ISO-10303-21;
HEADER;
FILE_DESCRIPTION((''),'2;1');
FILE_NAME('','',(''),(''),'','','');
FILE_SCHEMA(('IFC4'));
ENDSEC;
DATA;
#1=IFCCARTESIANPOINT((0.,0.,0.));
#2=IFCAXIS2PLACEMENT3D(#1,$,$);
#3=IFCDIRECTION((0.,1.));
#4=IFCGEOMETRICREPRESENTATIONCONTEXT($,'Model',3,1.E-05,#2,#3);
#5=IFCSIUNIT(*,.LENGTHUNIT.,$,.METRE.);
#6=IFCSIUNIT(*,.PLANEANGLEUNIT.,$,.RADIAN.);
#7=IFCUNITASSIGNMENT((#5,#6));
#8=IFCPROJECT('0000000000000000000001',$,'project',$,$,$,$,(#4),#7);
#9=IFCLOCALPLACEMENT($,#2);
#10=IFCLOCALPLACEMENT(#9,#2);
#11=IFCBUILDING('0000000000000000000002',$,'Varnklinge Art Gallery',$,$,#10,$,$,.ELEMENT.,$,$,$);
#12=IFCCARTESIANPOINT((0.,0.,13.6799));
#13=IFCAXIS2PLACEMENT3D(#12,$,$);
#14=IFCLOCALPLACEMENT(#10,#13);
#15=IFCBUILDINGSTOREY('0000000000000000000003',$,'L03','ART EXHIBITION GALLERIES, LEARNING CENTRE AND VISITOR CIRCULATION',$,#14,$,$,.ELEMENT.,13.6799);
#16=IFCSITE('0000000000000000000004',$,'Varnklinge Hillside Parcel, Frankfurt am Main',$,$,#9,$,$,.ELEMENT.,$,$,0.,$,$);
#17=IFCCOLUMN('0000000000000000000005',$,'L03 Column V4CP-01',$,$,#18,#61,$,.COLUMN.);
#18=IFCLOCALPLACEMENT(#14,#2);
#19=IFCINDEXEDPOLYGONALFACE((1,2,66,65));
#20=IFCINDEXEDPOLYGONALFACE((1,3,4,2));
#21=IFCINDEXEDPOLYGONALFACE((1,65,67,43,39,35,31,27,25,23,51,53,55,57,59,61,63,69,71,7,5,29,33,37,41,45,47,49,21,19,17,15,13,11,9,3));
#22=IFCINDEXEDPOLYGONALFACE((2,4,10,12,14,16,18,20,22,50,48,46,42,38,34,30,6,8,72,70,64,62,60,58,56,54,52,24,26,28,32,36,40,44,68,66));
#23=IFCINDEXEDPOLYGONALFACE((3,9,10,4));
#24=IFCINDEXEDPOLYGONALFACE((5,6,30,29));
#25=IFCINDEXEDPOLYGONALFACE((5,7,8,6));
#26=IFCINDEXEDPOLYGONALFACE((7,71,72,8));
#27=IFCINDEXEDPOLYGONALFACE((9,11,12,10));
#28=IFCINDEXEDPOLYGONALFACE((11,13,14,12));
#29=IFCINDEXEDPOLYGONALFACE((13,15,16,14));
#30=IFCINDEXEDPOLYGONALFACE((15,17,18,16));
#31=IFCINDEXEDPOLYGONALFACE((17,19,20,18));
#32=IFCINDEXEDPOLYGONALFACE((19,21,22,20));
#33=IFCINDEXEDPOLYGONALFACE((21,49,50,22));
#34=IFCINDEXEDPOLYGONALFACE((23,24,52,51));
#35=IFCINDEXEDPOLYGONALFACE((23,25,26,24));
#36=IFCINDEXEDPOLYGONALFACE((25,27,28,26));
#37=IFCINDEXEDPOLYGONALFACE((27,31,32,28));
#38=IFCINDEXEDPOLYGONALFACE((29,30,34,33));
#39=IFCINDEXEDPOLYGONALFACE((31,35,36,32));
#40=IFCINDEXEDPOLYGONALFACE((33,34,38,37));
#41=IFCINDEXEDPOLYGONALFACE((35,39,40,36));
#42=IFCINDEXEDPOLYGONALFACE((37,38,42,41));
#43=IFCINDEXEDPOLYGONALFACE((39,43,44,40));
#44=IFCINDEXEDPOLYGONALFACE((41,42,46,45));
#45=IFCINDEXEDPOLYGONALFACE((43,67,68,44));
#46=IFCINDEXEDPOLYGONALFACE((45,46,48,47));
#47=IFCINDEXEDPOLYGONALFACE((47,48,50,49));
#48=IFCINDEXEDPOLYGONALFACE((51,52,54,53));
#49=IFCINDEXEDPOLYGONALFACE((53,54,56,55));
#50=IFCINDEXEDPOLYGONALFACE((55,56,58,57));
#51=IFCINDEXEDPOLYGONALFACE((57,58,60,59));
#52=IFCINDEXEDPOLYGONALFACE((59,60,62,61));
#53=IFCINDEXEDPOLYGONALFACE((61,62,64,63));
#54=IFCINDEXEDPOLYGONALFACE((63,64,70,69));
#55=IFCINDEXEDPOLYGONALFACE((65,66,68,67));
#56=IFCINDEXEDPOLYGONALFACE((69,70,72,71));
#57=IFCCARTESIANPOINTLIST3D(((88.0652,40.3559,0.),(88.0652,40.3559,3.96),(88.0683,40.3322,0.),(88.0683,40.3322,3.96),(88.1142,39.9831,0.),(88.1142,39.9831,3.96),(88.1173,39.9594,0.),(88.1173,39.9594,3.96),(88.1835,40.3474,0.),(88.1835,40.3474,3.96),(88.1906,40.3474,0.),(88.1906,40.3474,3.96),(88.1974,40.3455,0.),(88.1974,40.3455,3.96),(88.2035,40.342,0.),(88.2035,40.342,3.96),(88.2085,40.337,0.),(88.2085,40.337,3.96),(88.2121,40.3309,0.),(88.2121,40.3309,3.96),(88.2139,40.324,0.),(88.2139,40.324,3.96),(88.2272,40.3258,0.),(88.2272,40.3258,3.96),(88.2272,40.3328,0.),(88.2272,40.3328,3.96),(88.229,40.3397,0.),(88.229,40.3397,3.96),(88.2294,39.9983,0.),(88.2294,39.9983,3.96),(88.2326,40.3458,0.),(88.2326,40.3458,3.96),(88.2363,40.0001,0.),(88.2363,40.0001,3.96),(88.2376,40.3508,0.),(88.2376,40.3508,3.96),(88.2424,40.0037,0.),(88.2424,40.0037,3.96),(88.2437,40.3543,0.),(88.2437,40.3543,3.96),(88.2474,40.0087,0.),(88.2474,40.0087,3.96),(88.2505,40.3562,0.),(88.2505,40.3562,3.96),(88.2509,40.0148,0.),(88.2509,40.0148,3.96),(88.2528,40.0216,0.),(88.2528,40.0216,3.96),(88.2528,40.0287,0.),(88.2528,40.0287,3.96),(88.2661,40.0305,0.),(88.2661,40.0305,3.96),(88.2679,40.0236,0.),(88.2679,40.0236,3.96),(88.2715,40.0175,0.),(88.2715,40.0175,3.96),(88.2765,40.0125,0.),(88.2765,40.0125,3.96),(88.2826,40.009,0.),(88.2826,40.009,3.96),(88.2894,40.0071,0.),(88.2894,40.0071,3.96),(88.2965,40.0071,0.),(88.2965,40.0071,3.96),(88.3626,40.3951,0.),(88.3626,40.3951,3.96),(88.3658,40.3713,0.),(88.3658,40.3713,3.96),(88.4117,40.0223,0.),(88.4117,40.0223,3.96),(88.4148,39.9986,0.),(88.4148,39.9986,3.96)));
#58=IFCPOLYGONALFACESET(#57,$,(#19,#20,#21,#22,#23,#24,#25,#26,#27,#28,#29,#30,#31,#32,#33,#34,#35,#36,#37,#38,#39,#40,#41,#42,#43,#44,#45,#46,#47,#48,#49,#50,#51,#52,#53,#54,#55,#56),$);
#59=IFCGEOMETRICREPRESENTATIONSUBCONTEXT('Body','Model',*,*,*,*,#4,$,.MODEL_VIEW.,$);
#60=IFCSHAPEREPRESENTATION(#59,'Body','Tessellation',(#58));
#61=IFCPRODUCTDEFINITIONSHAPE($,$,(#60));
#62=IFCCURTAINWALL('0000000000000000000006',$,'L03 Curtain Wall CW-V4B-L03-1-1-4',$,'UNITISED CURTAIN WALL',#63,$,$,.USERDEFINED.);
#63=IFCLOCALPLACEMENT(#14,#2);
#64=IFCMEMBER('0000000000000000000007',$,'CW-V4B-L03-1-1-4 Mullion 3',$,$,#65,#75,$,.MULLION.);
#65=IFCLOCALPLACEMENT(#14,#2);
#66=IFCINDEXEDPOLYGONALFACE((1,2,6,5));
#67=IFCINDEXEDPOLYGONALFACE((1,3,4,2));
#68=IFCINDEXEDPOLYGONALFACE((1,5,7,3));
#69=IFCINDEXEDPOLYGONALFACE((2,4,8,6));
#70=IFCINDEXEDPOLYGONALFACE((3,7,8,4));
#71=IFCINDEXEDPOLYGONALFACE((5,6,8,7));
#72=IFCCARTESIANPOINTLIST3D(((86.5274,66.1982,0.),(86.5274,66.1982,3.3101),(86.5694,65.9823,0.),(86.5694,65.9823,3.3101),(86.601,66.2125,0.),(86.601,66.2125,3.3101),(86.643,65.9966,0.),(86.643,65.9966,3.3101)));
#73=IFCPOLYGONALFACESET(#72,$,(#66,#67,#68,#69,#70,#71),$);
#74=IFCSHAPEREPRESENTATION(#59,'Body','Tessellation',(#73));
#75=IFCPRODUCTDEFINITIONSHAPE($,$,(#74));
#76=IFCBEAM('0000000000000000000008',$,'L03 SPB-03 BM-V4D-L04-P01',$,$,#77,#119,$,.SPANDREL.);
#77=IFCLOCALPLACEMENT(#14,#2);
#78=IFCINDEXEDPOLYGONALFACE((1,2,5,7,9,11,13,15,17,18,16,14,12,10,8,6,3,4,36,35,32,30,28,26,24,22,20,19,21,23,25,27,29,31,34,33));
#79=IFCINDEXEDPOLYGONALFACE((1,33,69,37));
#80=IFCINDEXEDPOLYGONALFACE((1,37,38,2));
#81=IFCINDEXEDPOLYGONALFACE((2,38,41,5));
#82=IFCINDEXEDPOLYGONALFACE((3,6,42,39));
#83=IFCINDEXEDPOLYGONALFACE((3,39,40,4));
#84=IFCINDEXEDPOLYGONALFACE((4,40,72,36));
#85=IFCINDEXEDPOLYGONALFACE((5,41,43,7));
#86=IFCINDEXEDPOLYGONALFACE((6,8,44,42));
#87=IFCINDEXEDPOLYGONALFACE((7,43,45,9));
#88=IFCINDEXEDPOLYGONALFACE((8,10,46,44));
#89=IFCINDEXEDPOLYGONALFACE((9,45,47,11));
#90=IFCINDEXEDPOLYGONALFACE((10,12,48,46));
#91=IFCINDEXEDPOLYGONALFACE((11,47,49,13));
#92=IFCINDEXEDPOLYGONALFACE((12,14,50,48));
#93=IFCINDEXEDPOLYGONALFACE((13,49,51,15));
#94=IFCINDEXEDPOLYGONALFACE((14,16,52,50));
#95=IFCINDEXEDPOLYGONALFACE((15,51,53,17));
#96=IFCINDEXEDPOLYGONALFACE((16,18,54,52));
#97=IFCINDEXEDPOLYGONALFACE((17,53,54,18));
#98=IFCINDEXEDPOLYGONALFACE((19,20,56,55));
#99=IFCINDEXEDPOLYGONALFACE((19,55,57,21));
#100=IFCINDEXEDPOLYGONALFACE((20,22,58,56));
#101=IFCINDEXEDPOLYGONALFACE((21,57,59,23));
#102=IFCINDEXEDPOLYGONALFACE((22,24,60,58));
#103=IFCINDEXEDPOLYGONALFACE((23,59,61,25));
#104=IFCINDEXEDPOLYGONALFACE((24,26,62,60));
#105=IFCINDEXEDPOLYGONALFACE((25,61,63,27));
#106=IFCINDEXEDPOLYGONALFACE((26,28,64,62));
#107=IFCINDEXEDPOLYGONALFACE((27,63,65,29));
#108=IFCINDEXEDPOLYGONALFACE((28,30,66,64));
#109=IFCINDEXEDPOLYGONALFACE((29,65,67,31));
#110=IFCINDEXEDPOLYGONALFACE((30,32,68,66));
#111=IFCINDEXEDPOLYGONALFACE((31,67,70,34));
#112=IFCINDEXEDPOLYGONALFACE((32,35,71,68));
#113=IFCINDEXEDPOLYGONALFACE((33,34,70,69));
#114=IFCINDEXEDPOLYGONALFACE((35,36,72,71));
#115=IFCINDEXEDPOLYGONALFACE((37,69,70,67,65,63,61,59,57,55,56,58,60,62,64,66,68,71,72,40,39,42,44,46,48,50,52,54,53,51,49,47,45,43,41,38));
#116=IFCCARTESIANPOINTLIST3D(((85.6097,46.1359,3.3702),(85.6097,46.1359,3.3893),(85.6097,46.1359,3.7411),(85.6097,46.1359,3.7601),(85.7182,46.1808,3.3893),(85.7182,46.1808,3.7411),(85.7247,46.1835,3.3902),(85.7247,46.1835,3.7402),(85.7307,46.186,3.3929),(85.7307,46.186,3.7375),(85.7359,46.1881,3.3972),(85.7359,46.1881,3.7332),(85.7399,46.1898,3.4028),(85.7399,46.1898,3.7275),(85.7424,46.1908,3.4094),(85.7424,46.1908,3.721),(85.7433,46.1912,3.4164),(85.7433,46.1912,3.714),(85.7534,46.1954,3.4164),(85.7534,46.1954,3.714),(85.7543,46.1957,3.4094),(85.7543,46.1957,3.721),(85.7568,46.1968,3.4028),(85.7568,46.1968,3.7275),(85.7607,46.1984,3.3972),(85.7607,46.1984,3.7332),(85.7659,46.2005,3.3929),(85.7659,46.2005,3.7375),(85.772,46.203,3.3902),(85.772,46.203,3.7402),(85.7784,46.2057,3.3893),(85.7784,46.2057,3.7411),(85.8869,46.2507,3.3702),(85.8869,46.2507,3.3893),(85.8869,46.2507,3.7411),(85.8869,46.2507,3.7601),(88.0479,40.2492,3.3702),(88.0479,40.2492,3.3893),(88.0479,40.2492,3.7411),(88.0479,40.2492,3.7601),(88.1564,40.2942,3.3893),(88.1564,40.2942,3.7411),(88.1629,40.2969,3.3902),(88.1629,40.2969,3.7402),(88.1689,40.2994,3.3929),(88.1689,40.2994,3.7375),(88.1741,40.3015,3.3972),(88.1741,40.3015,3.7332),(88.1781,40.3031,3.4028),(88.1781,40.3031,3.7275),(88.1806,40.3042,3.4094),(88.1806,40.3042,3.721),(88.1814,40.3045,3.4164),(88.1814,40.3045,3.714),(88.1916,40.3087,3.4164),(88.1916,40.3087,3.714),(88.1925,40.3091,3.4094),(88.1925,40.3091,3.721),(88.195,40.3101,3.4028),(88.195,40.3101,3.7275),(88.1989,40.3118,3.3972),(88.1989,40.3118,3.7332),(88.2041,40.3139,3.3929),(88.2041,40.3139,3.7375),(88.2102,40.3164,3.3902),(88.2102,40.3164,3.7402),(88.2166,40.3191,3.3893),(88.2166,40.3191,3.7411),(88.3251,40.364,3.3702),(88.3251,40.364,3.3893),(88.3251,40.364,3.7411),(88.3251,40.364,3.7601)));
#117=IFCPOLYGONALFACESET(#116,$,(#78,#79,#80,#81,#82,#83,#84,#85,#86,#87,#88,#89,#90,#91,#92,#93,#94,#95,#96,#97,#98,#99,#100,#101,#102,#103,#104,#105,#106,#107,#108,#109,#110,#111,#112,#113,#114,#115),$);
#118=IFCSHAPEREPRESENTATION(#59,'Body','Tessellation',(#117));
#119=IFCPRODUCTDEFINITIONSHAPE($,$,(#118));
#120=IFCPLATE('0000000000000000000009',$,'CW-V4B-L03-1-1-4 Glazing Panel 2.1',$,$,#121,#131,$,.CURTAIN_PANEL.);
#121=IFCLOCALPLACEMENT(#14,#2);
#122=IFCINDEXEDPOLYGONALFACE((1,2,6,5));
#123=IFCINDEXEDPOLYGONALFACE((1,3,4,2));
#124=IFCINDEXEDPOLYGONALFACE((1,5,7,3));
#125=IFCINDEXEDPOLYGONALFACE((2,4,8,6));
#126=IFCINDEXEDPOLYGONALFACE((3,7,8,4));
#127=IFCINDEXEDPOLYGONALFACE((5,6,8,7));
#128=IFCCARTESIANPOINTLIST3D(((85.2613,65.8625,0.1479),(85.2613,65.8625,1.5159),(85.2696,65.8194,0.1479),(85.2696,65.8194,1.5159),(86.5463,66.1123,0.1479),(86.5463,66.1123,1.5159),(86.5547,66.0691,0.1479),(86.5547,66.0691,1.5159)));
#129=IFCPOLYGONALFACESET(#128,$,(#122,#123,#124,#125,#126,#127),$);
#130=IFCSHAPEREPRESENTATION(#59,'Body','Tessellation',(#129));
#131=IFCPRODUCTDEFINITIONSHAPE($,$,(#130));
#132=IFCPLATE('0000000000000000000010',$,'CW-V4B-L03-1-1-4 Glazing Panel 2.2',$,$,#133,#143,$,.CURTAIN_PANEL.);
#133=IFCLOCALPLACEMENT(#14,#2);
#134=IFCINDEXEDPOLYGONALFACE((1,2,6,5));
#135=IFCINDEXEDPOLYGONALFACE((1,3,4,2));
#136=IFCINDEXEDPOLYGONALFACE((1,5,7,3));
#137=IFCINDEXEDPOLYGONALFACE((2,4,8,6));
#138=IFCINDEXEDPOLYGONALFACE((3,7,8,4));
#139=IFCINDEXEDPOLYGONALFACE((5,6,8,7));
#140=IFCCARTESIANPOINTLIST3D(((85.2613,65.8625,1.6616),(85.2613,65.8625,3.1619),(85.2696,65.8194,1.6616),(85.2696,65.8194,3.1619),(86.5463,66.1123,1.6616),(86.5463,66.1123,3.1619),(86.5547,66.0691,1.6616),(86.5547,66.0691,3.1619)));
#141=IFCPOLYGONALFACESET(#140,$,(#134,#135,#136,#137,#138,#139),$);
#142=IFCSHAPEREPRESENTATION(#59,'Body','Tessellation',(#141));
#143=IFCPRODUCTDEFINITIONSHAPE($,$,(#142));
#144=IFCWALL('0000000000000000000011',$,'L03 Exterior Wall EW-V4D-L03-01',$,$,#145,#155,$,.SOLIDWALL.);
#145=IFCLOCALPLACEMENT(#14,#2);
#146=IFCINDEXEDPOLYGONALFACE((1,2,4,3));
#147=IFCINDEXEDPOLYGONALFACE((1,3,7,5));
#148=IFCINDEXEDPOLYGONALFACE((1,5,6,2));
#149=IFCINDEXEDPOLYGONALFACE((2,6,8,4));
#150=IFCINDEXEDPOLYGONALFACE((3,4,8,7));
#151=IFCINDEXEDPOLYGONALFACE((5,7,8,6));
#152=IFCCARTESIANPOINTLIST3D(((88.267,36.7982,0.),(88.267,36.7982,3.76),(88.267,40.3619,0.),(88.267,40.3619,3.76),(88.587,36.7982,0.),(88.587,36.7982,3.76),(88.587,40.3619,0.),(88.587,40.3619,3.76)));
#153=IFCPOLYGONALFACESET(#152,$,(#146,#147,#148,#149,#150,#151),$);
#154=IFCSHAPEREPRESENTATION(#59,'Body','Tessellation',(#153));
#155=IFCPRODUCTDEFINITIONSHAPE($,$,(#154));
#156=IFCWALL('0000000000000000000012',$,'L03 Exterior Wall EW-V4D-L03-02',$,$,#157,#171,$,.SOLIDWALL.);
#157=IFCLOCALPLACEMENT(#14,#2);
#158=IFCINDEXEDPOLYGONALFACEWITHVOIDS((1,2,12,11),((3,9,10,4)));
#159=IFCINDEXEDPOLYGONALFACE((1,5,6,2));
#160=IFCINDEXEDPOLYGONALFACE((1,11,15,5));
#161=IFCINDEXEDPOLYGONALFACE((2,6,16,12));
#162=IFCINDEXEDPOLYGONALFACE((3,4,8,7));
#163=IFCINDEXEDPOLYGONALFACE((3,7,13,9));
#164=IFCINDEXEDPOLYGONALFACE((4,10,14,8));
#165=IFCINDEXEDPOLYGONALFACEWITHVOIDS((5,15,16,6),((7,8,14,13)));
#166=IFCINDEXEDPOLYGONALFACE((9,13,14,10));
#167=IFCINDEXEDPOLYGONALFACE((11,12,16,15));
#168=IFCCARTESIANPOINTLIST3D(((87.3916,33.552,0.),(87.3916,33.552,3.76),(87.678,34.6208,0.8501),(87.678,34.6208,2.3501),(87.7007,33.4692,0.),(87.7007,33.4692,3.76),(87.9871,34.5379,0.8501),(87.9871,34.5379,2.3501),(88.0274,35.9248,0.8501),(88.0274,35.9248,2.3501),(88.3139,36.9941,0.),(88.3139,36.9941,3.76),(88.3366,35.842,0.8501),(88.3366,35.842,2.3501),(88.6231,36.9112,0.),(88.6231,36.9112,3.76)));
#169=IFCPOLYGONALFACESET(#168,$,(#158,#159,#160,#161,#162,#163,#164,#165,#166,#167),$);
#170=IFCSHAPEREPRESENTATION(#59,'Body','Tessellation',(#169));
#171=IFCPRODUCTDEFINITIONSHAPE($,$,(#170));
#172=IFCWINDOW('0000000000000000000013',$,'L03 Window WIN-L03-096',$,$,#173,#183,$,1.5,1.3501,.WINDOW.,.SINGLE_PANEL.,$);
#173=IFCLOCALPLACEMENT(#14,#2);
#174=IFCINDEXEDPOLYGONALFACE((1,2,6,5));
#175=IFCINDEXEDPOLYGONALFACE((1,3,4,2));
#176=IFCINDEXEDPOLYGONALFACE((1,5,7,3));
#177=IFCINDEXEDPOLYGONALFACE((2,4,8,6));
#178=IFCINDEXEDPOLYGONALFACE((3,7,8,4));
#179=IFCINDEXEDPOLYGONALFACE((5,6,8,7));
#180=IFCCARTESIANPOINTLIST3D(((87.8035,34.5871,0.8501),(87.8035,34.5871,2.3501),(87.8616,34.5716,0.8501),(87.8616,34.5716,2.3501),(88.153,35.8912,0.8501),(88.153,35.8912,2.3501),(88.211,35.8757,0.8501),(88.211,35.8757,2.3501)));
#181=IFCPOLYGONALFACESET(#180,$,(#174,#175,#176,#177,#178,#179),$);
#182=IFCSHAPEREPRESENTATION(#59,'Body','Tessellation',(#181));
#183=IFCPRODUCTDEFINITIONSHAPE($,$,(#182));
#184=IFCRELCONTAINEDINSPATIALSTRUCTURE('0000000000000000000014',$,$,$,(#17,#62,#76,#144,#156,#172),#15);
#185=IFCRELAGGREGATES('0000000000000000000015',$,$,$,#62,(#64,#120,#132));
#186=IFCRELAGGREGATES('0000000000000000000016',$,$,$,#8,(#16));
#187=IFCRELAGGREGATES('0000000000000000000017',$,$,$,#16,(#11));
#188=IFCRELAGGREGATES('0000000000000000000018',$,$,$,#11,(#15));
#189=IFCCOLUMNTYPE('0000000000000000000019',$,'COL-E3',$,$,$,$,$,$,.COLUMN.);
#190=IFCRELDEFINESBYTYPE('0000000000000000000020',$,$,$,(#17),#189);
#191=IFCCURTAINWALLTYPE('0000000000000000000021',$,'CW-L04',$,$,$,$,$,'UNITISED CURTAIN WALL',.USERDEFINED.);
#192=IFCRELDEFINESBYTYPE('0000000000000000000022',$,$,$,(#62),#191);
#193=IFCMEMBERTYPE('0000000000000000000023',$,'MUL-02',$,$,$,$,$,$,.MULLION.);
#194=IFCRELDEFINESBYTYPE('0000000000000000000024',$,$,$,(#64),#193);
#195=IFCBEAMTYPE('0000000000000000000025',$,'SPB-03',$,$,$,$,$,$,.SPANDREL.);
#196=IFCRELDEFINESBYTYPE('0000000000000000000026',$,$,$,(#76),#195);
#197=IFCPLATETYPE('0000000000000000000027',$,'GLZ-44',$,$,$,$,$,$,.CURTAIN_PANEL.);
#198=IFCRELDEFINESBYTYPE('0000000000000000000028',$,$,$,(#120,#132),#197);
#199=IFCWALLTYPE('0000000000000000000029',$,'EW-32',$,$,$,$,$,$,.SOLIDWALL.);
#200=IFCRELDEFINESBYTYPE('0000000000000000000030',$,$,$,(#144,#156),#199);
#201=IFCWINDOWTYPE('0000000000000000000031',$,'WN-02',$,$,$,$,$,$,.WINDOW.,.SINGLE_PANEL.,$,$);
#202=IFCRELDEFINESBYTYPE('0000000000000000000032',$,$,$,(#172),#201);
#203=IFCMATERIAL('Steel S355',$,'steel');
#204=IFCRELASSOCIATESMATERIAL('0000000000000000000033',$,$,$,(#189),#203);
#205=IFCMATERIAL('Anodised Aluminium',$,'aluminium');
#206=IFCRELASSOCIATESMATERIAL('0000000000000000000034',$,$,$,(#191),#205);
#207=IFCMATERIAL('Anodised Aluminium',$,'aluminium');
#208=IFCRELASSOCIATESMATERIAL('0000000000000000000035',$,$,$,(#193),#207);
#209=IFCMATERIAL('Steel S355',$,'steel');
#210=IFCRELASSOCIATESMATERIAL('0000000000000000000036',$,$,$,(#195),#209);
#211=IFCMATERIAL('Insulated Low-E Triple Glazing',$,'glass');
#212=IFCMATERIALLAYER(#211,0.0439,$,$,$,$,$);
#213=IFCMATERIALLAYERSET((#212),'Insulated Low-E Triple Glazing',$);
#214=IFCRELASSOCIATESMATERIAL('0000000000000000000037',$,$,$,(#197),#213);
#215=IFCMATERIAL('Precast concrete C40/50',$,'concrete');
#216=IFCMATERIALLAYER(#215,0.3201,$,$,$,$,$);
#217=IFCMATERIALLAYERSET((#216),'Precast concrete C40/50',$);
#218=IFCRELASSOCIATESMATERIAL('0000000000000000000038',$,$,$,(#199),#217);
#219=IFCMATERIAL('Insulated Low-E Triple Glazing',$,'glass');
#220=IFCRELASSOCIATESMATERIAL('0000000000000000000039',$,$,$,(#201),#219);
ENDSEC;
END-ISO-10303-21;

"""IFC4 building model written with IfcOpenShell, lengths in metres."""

from ifc_helpers import new_model, si_unit, direction, frame, frame_2d, origin, origin_2d, place, context, subcontext, project, spatial, rectangle, i_section, extrude, material, layer, layer_set, material_profile, profile_set, type_object, element, fill, aggregate, save


model = new_model("IFC4")

# Units and contexts
model_context = context("Model", 3, precision=1e-05, world=origin(), true_north=direction((0.0, 1.0)))
body_context = subcontext(model_context, "Body", "Model", "MODEL_VIEW")
ifc_project = project(units=[si_unit("LENGTHUNIT", "METRE"), si_unit("PLANEANGLEUNIT", "RADIAN")], contexts=[model_context])

# Site, building, storey
site_placement = place(None, origin())
site = spatial("IfcSite", under=ifc_project, at=site_placement, Name="Varnklinge Hillside Parcel, Frankfurt am Main", CompositionType="ELEMENT", RefElevation=0.0)
building_placement = place(site_placement, origin())
building = spatial("IfcBuilding", under=site, at=building_placement, Name="Varnklinge Art Gallery", CompositionType="ELEMENT")
storey_placement = place(building_placement, frame((0.0, 0.0, 13.6799)))
storey = spatial("IfcBuildingStorey", under=building, at=storey_placement, Name="L03", Description="ART EXHIBITION GALLERIES, LEARNING CENTRE AND VISITOR CIRCULATION", CompositionType="ELEMENT", Elevation=13.6799)

# Column
ifc_material_1 = material(Name="Steel S355", Category="steel")
ifc_material_profile_1 = material_profile(ifc_material_1, i_section(OverallWidth=0.3, OverallDepth=0.3999, WebThickness=0.0134, FlangeThickness=0.0239, FilletRadius=0.0271, at=origin_2d()), Name="HEB 400")
ifc_profile_set_1 = profile_set([ifc_material_profile_1], Name="Steel S355")
column_type = type_object("IfcColumnType", Name="COL-E3", PredefinedType="COLUMN", material=ifc_profile_set_1)
column_placement = place(storey_placement, frame((88.24, 40.1772, 0.0), z_axis=(0.0, 0.0, 1.0), x_axis=(0.991445, 0.130526, 0.0)))
element("IfcColumn", 1, at=column_placement, inside=storey, type_object=column_type, Name="L03 Column V4CP-01", PredefinedType="COLUMN", context=body_context, shape_type="SweptSolid", body=[
    extrude(i_section(OverallWidth=0.3, OverallDepth=0.3999, WebThickness=0.0134, FlangeThickness=0.0239, FilletRadius=0.0271, at=origin_2d()), origin(), (0.0, 0.0, 1.0), 3.96),
])

# Curtain wall, member
ifc_material_2 = material(Name="Anodised Aluminium", Category="aluminium")
curtain_wall_type = type_object("IfcCurtainWallType", Name="CW-L04", ElementType="UNITISED CURTAIN WALL", PredefinedType="USERDEFINED", material=ifc_material_2)
curtain_wall_placement = place(storey_placement, origin())
curtain_wall = element("IfcCurtainWall", 2, at=curtain_wall_placement, inside=storey, type_object=curtain_wall_type, Name="L03 Curtain Wall CW-V4B-L03-1-1-4", ObjectType="UNITISED CURTAIN WALL", PredefinedType="USERDEFINED")
ifc_material_3 = material(Name="Anodised Aluminium", Category="aluminium")
ifc_material_profile_2 = material_profile(ifc_material_3, rectangle(XDim=0.075, YDim=0.22, at=origin_2d()), Name="ALU 75x220")
ifc_profile_set_2 = profile_set([ifc_material_profile_2], Name="Anodised Aluminium")
member_type = type_object("IfcMemberType", Name="MUL-02", PredefinedType="MULLION", material=ifc_profile_set_2)
member_placement = place(storey_placement, frame((86.5852, 66.0974, 0.0), z_axis=(0.0, 0.0, 1.0), x_axis=(0.981627, 0.190809, 0.0)))
member = element("IfcMember", 3, at=member_placement, type_object=member_type, Name="CW-V4B-L03-1-1-4 Mullion 3", PredefinedType="MULLION", context=body_context, shape_type="SweptSolid", body=[
    extrude(rectangle(XDim=0.075, YDim=0.22, at=origin_2d()), origin(), (0.0, 0.0, 1.0), 3.3101),
])

# Beam
ifc_material_4 = material(Name="Steel S355", Category="steel")
ifc_material_profile_3 = material_profile(ifc_material_4, i_section(OverallWidth=0.3, OverallDepth=0.3899, WebThickness=0.011, FlangeThickness=0.019, FilletRadius=0.0271, at=origin_2d()), Name="HEA 400")
ifc_profile_set_3 = profile_set([ifc_material_profile_3], Name="Steel S355")
beam_type = type_object("IfcBeamType", Name="SPB-03", PredefinedType="SPANDREL", material=ifc_profile_set_3)
beam_placement = place(storey_placement, frame((88.1865, 40.3066, 3.5652), z_axis=(-0.382667, 0.923887, 0.0), x_axis=(-0.923887, -0.382667, 0.0)))
element("IfcBeam", 4, at=beam_placement, inside=storey, type_object=beam_type, Name="L03 SPB-03 BM-V4D-L04-P01", PredefinedType="SPANDREL", context=body_context, shape_type="SweptSolid", body=[
    extrude(i_section(OverallWidth=0.3, OverallDepth=0.3899, WebThickness=0.011, FlangeThickness=0.019, FilletRadius=0.0271, at=origin_2d()), origin(), (0.0, 0.0, 1.0), 6.3716),
])

# Plates
ifc_material_5 = material(Name="Insulated Low-E Triple Glazing", Category="glass")
ifc_layer_1 = layer(ifc_material_5, 0.0439)
ifc_layer_set_1 = layer_set([ifc_layer_1], Name="Insulated Low-E Triple Glazing")
plate_type = type_object("IfcPlateType", Name="GLZ-44", PredefinedType="CURTAIN_PANEL", material=ifc_layer_set_1)
plate_1_placement = place(storey_placement, frame((85.908, 65.9658, 0.1479), z_axis=(0.0, 0.0, 1.0), x_axis=(0.981627, 0.190809, 0.0)))
plate_1 = element("IfcPlate", 5, at=plate_1_placement, type_object=plate_type, Name="CW-V4B-L03-1-1-4 Glazing Panel 2.1", PredefinedType="CURTAIN_PANEL", context=body_context, shape_type="SweptSolid", body=[
    extrude(rectangle(XDim=1.3091, YDim=0.0439, at=origin_2d()), origin(), (0.0, 0.0, 1.0), 1.3679),
])
plate_2_placement = place(storey_placement, frame((85.908, 65.9658, 1.6616), z_axis=(0.0, 0.0, 1.0), x_axis=(0.981627, 0.190809, 0.0)))
plate_2 = element("IfcPlate", 6, at=plate_2_placement, type_object=plate_type, Name="CW-V4B-L03-1-1-4 Glazing Panel 2.2", PredefinedType="CURTAIN_PANEL", context=body_context, shape_type="SweptSolid", body=[
    extrude(rectangle(XDim=1.3091, YDim=0.0439, at=origin_2d()), origin(), (0.0, 0.0, 1.0), 1.5002),
])
aggregate(curtain_wall, [member, plate_1, plate_2])

# Wall
ifc_material_6 = material(Name="Precast concrete C40/50", Category="concrete")
ifc_layer_2 = layer(ifc_material_6, 0.3201)
ifc_layer_set_2 = layer_set([ifc_layer_2], Name="Precast concrete C40/50")
wall_type = type_object("IfcWallType", Name="EW-32", PredefinedType="SOLIDWALL", material=ifc_layer_set_2)
wall_1_placement = place(storey_placement, frame((88.427, 40.3618, 0.0), z_axis=(0.0, 0.0, 1.0), x_axis=(0.0, -1.0, 0.0)))
element("IfcWall", 7, at=wall_1_placement, inside=storey, type_object=wall_type, Name="L03 Exterior Wall EW-V4D-L03-01", PredefinedType="SOLIDWALL", context=body_context, shape_type="SweptSolid", body=[
    extrude(rectangle(XDim=3.5637, YDim=0.3201, at=frame_2d((1.7817, 0.0))), origin(), (0.0, 0.0, 1.0), 3.76),
])

# Wall, opening, window
wall_2_placement = place(storey_placement, frame((88.4685, 36.9526, 0.0), z_axis=(0.0, 0.0, 1.0), x_axis=(-0.258831, -0.965923, 0.0)))
wall_2 = element("IfcWall", 8, at=wall_2_placement, inside=storey, type_object=wall_type, Name="L03 Exterior Wall EW-V4D-L03-02", PredefinedType="SOLIDWALL", context=body_context, shape_type="SweptSolid", body=[
    extrude(rectangle(XDim=3.5635, YDim=0.3201, at=frame_2d((1.7817, 0.0))), origin(), (0.0, 0.0, 1.0), 3.76),
])
opening_1_placement = place(wall_2_placement, frame((1.1069, 0.0, 0.8501)))
opening_1 = element("IfcOpeningElement", 9, at=opening_1_placement, cuts=wall_2, PredefinedType="OPENING", context=body_context, shape_type="SweptSolid", body=[
    extrude(rectangle(XDim=1.3501, YDim=1.5, at=frame_2d((0.675, 0.75))), frame((0.0, 0.1702, 0.0), z_axis=(0.0, -1.0, 0.0), x_axis=(1.0, 0.0, 0.0)), (0.0, 0.0, 1.0), 0.3401),
])
ifc_material_7 = material(Name="Insulated Low-E Triple Glazing", Category="glass")
window_type = type_object("IfcWindowType", Name="WN-02", PartitioningType="SINGLE_PANEL", PredefinedType="WINDOW", material=ifc_material_7)
window_1_placement = place(opening_1_placement, origin())
window_1 = element("IfcWindow", 10, at=window_1_placement, inside=storey, type_object=window_type, Name="L03 Window WIN-L03-096", OverallHeight=1.5, OverallWidth=1.3501, PartitioningType="SINGLE_PANEL", PredefinedType="WINDOW", context=body_context, shape_type="SweptSolid", body=[
    extrude(rectangle(XDim=1.3501, YDim=1.5, at=frame_2d((0.675, 0.75))), frame((0.0, 0.03, 0.0), z_axis=(0.0, -1.0, 0.0), x_axis=(1.0, 0.0, 0.0)), (0.0, 0.0, 1.0), 0.0601),
])
fill(opening_1, window_1)

save(model, "model.ifc")
